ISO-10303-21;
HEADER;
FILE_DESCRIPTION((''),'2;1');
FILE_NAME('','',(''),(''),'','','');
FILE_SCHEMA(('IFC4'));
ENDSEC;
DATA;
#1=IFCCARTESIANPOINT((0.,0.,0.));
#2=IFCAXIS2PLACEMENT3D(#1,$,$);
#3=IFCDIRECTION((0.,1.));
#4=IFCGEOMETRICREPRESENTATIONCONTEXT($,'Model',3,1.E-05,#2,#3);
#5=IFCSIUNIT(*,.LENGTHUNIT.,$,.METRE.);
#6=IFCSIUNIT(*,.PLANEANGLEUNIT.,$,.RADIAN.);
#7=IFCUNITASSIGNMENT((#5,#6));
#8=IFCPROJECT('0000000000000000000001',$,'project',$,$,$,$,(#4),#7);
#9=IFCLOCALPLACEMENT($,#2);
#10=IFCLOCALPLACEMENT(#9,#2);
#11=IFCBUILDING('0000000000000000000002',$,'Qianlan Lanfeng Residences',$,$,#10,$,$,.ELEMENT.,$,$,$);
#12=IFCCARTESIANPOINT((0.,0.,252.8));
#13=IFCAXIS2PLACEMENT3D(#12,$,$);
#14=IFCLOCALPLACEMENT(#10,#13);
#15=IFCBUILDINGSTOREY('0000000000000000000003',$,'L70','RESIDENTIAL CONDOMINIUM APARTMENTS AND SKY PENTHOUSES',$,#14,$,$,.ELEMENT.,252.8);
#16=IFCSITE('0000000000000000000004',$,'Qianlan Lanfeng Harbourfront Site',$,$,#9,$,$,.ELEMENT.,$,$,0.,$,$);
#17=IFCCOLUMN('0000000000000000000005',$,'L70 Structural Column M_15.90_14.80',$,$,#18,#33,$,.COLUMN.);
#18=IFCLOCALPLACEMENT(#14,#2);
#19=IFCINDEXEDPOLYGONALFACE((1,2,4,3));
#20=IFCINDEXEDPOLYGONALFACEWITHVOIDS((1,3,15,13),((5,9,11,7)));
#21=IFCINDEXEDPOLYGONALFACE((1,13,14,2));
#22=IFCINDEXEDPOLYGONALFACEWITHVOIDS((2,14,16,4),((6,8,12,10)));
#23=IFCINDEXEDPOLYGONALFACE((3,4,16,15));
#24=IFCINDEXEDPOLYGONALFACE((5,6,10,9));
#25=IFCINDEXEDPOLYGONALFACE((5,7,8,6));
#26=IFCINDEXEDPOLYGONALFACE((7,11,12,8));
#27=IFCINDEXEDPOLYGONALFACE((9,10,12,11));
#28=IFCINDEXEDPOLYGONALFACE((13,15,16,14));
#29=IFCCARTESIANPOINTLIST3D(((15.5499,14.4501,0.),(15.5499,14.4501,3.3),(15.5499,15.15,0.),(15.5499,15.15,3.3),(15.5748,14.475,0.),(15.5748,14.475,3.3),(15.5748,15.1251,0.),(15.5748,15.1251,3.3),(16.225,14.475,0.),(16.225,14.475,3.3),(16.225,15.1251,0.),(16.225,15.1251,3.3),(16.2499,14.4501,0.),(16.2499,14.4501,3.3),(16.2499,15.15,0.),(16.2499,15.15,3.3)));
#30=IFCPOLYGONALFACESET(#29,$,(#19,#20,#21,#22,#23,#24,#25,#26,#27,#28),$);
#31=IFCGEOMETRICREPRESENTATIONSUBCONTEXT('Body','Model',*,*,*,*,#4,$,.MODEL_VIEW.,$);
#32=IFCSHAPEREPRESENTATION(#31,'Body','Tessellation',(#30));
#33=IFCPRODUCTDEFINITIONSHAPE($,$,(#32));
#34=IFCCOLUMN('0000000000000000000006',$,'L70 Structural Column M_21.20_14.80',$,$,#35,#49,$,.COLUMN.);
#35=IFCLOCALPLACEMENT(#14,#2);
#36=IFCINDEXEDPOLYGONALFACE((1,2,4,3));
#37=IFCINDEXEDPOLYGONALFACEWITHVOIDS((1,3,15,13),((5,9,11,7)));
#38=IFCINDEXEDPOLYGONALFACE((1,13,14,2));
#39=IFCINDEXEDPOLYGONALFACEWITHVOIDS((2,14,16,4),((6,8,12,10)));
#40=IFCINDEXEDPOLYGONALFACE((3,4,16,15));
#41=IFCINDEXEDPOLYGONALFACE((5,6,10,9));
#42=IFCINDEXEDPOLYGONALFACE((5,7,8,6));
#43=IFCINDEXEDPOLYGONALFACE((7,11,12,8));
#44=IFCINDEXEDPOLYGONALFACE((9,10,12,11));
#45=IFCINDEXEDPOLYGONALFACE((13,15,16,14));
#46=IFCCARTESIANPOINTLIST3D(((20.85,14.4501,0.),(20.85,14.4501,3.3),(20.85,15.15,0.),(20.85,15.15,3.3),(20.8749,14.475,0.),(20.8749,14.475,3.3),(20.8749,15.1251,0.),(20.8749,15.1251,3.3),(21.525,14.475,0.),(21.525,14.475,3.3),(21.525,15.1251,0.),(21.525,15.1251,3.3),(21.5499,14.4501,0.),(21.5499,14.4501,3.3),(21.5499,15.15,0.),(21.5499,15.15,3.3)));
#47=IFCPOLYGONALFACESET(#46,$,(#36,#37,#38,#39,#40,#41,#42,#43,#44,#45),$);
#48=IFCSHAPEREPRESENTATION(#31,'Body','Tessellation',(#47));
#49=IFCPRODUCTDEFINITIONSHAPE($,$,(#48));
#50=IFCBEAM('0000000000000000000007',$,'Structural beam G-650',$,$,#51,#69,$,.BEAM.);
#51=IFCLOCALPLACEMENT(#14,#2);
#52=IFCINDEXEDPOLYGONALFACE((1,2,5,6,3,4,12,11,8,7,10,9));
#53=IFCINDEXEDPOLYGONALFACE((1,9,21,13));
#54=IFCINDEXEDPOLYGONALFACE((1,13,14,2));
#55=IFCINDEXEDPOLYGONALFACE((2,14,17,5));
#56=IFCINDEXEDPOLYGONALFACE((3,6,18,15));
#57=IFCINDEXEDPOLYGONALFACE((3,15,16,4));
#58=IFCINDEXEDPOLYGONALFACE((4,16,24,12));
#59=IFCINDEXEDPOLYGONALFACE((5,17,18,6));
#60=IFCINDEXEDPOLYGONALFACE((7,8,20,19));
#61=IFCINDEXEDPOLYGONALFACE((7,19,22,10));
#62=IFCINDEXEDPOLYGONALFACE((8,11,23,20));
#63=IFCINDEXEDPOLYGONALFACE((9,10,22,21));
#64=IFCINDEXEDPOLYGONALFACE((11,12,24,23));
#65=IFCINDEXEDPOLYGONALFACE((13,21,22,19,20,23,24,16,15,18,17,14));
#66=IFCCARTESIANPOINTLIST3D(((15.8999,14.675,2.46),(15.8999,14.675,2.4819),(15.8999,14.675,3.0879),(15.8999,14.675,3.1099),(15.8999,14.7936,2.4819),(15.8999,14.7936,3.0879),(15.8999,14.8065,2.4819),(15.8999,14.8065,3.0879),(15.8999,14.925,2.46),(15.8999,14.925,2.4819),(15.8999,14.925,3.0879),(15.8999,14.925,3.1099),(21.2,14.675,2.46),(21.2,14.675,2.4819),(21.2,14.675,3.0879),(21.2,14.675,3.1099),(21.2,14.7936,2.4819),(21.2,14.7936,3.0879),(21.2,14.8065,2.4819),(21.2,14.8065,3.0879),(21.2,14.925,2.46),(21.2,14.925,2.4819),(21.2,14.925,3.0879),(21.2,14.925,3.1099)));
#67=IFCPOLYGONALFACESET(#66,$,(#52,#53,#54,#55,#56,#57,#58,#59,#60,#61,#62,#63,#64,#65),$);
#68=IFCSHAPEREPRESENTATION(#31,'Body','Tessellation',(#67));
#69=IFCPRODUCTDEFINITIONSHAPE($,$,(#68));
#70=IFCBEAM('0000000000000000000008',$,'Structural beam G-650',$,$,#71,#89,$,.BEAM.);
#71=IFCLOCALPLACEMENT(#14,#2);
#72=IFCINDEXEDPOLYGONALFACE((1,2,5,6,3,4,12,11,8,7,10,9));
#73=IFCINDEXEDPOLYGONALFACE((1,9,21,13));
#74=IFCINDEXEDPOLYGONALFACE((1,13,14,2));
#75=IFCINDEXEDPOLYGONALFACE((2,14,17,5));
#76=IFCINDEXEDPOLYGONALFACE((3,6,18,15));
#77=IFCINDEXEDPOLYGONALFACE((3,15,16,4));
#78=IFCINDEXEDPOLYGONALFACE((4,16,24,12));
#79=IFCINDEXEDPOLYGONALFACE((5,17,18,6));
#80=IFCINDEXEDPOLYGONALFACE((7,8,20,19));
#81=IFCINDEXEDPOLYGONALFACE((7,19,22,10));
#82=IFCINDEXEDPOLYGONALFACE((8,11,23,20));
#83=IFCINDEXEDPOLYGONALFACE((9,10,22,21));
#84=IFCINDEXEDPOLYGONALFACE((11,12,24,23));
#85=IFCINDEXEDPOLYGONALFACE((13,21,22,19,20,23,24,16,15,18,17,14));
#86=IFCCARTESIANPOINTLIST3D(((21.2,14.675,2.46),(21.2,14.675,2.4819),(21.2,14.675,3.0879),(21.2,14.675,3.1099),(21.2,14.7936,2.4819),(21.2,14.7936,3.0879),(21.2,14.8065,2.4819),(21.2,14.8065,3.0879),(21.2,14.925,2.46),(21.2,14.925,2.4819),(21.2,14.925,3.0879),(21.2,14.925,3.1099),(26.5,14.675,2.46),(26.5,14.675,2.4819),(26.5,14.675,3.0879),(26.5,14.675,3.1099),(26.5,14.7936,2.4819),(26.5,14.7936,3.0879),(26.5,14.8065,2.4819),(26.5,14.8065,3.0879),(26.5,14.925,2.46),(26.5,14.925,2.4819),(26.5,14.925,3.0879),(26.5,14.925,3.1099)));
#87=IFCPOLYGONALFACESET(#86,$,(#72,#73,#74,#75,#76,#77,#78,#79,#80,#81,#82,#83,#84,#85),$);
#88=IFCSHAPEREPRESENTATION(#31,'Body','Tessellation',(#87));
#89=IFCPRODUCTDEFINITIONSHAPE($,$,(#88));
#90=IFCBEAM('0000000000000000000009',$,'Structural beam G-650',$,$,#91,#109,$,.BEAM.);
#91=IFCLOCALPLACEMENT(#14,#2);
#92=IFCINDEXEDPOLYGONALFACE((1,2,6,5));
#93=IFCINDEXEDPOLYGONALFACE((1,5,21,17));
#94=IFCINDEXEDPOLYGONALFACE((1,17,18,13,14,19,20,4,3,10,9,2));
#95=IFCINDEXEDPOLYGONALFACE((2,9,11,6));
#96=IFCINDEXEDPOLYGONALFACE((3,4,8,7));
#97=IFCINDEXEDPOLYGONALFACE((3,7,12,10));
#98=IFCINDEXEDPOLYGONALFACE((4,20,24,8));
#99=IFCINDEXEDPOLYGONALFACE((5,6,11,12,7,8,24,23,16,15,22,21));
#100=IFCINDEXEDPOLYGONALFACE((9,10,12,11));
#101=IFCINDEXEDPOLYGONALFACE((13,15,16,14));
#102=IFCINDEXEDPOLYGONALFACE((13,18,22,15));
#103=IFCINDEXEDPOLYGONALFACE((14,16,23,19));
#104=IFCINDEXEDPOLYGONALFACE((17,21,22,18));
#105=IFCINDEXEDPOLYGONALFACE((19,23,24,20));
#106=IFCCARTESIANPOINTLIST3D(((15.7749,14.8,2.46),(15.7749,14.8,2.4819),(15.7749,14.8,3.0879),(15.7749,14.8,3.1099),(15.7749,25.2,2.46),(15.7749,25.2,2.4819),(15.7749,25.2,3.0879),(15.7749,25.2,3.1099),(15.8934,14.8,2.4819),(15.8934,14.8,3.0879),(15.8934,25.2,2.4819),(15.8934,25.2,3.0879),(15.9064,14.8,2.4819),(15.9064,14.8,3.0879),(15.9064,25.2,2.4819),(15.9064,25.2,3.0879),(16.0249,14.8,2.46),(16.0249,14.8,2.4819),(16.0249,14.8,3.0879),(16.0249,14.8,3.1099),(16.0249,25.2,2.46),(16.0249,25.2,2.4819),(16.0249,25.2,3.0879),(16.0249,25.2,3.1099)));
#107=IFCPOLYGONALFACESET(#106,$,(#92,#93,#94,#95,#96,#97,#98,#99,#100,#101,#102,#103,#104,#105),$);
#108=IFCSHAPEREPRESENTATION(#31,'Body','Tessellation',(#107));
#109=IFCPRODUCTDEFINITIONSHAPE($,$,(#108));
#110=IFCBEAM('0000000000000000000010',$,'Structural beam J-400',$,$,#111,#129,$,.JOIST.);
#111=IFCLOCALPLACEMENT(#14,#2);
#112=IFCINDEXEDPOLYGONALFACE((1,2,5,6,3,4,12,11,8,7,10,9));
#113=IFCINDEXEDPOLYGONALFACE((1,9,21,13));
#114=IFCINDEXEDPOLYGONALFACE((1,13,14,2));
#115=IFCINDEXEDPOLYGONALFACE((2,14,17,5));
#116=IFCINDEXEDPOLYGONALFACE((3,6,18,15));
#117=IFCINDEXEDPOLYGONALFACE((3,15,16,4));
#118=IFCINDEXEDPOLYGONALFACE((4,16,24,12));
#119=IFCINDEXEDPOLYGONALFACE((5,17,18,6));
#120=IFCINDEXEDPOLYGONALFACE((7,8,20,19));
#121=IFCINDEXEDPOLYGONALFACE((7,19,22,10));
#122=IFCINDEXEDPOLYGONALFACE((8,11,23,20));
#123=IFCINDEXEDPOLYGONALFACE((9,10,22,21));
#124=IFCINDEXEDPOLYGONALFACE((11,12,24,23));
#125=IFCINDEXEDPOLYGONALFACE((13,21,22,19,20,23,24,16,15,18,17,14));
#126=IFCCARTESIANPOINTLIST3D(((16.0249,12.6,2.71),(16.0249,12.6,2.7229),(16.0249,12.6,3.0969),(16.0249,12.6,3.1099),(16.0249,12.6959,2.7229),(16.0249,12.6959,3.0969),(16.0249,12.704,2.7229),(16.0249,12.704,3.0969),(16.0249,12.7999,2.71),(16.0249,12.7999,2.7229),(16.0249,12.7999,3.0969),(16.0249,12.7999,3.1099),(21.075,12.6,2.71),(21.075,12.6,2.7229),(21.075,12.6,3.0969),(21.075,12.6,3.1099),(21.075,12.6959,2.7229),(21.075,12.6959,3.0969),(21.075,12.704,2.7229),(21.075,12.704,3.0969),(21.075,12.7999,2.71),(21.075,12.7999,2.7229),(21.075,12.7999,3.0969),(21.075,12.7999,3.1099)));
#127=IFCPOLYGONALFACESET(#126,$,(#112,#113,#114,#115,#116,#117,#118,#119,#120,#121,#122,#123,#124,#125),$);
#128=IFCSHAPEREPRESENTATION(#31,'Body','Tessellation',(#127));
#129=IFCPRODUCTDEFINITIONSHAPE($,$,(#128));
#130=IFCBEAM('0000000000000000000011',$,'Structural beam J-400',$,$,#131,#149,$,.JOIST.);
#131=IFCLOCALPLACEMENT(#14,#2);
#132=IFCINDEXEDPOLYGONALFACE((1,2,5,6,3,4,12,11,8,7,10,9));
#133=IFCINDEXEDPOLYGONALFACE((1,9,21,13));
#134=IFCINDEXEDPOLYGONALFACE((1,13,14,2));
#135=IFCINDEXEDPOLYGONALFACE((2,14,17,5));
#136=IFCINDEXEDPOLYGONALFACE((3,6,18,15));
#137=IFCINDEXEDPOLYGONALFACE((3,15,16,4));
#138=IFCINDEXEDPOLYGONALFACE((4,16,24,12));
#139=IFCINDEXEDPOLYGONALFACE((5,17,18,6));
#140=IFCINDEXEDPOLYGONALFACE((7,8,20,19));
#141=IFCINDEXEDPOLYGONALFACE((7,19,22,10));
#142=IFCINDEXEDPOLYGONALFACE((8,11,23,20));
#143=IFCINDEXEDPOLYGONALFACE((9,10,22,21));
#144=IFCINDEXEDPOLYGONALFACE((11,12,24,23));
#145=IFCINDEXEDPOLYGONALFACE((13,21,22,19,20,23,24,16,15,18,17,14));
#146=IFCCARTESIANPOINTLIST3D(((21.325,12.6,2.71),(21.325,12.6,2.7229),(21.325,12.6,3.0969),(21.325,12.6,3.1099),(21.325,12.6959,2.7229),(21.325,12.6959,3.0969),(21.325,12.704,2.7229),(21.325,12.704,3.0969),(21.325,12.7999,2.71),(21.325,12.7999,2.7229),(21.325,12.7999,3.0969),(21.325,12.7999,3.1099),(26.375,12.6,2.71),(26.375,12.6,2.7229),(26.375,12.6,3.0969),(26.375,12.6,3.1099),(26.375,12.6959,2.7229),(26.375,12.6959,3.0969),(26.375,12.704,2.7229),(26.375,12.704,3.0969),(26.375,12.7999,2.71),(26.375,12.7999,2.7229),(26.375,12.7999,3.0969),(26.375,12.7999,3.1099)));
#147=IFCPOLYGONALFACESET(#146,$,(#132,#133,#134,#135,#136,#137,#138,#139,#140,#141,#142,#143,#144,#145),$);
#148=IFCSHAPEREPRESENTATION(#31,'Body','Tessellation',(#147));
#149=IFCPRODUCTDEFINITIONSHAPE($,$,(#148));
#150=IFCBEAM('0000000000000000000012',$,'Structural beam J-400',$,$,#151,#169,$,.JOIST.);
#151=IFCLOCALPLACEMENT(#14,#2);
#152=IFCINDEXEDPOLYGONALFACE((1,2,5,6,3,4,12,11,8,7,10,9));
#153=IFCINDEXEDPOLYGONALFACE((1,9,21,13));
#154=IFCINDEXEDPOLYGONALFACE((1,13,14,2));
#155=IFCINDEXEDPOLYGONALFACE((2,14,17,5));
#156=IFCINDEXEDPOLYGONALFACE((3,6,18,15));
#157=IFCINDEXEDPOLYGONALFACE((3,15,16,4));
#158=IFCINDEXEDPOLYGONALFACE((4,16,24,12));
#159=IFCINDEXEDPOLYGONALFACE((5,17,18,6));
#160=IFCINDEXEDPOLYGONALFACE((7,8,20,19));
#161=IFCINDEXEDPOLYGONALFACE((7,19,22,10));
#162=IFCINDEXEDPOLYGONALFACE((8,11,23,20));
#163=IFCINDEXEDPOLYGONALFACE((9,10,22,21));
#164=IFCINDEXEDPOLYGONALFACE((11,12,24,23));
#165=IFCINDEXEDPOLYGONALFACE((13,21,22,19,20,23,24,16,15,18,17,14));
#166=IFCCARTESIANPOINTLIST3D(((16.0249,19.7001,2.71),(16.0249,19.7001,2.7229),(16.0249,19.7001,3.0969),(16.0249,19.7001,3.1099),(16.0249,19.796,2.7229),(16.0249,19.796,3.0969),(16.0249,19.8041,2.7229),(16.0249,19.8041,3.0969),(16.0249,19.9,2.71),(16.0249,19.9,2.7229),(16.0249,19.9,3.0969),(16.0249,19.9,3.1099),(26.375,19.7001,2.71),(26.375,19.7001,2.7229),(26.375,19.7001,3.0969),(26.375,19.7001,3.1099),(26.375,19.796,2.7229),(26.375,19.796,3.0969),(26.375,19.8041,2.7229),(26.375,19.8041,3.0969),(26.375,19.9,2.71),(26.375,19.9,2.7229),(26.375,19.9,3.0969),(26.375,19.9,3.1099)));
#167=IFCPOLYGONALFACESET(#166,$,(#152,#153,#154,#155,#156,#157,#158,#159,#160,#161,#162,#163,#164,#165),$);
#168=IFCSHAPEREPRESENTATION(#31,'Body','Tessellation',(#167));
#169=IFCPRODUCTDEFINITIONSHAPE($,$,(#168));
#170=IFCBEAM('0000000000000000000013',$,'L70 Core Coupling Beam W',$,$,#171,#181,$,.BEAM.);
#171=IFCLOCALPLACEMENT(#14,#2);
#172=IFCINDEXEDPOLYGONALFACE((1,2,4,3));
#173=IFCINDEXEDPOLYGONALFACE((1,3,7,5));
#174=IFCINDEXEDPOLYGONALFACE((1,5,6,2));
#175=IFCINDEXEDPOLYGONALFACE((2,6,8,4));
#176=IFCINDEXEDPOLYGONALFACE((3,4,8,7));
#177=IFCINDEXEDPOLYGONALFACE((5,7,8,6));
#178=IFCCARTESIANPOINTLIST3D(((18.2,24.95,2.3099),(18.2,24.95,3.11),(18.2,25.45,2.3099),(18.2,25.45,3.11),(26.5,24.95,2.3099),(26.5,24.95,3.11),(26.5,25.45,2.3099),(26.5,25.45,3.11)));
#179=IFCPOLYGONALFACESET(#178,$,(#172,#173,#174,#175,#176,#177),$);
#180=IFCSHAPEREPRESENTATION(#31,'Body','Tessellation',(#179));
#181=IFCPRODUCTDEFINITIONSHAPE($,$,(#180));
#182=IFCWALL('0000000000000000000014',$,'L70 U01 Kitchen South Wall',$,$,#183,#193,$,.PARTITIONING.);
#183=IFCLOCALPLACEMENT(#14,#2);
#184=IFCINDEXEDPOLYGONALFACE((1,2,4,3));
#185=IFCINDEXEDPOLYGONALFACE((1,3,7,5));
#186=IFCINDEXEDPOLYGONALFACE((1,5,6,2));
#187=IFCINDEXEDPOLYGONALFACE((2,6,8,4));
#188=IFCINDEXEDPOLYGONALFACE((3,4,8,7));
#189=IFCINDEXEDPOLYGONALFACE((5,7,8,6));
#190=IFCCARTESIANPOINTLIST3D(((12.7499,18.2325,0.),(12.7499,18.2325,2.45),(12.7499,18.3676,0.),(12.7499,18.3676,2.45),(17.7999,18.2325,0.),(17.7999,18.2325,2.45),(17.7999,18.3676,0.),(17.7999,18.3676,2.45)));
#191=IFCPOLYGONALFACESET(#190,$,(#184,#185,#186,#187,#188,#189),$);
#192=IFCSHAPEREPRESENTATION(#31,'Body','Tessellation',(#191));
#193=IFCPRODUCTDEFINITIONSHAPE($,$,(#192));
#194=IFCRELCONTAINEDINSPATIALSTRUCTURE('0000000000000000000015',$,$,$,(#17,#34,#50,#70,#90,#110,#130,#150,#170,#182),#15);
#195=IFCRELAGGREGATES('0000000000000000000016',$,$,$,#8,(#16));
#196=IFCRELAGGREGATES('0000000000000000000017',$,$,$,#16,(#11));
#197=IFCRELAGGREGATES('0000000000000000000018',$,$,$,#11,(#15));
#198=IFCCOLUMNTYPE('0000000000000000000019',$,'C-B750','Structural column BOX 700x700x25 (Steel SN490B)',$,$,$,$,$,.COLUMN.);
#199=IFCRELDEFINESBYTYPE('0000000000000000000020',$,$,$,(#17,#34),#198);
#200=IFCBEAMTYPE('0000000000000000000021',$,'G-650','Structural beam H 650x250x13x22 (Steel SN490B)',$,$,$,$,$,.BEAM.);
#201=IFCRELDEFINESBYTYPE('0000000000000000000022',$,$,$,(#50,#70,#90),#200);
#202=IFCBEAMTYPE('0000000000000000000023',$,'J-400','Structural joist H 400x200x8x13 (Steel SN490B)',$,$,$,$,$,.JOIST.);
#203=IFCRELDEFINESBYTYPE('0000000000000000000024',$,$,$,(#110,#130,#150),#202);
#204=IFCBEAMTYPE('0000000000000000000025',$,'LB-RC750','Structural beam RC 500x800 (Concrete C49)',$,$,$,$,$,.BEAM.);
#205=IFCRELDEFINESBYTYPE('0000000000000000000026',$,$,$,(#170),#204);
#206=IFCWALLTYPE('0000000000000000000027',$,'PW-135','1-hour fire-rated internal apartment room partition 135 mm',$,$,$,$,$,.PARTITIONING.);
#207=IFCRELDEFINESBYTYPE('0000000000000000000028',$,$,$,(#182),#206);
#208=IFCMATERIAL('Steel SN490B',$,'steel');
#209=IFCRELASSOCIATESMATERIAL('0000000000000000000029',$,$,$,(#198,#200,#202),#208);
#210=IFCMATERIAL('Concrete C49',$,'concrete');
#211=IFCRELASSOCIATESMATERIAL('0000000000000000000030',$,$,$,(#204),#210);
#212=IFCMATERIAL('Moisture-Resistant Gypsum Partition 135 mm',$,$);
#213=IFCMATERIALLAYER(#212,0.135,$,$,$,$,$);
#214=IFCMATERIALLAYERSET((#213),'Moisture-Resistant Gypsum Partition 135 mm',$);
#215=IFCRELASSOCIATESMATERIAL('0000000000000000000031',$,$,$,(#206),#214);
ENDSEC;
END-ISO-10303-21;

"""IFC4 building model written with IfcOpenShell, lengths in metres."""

from ifc_helpers import new_model, si_unit, direction, frame, frame_2d, origin, origin_2d, place, context, subcontext, project, spatial, rectangle, hollow_rectangle, i_section, extrude, material, layer, layer_set, material_profile, profile_set, type_object, element, save


model = new_model("IFC4")

# Units and contexts
model_context = context("Model", 3, precision=1e-05, world=origin(), true_north=direction((0.0, 1.0)))
body_context = subcontext(model_context, "Body", "Model", "MODEL_VIEW")
ifc_project = project(units=[si_unit("LENGTHUNIT", "METRE"), si_unit("PLANEANGLEUNIT", "RADIAN")], contexts=[model_context])

# Site, building, storey
site_placement = place(None, origin())
site = spatial("IfcSite", under=ifc_project, at=site_placement, Name="Qianlan Lanfeng Harbourfront Site", CompositionType="ELEMENT", RefElevation=0.0)
building_placement = place(site_placement, origin())
building = spatial("IfcBuilding", under=site, at=building_placement, Name="Qianlan Lanfeng Residences", CompositionType="ELEMENT")
storey_placement = place(building_placement, frame((0.0, 0.0, 252.8)))
storey = spatial("IfcBuildingStorey", under=building, at=storey_placement, Name="L70", Description="RESIDENTIAL CONDOMINIUM APARTMENTS AND SKY PENTHOUSES", CompositionType="ELEMENT", Elevation=252.8)

# Columns
ifc_material_1 = material(Name="Steel SN490B", Category="steel")
ifc_material_profile_1 = material_profile(ifc_material_1, hollow_rectangle(XDim=0.7, YDim=0.7, WallThickness=0.0249, at=origin_2d()), Name="BOX 700x700x25")
ifc_profile_set_1 = profile_set([ifc_material_profile_1], Name="Steel SN490B")
column_type = type_object("IfcColumnType", Name="C-B750", Description="Structural column BOX 700x700x25 (Steel SN490B)", PredefinedType="COLUMN", material=ifc_profile_set_1)
for number, where, z_axis, x_axis, name in (
    (1, (15.8999, 14.8, 0.0), (0.0, 0.0, 1.0), (1.0, 0.0, 0.0), "L70 Structural Column M_15.90_14.80"),
    (2, (21.2, 14.8, 0.0), (0.0, 0.0, 1.0), (1.0, 0.0, 0.0), "L70 Structural Column M_21.20_14.80"),
):
    element("IfcColumn", number, at=place(storey_placement, frame(where, z_axis=z_axis, x_axis=x_axis)), inside=storey, type_object=column_type, Name=name, PredefinedType="COLUMN", context=body_context, shape_type="SweptSolid", body=[
        extrude(hollow_rectangle(XDim=0.7, YDim=0.7, WallThickness=0.0249, at=origin_2d()), origin(), (0.0, 0.0, 1.0), 3.3),
    ])

# Beams
ifc_material_profile_2 = material_profile(ifc_material_1, i_section(OverallWidth=0.25, OverallDepth=0.6499, WebThickness=0.0129, FlangeThickness=0.022, at=origin_2d()), Name="H 650x250x13x22")
ifc_profile_set_2 = profile_set([ifc_material_profile_2], Name="Steel SN490B")
beam_type_1 = type_object("IfcBeamType", Name="G-650", Description="Structural beam H 650x250x13x22 (Steel SN490B)", PredefinedType="BEAM", material=ifc_profile_set_2)
for number, where, z_axis, x_axis, name in (
    (3, (15.8999, 14.8, 2.7849), (1.0, 0.0, 0.0), (0.0, 1.0, 0.0), "Structural beam G-650"),
    (4, (21.2, 14.8, 2.7849), (1.0, 0.0, 0.0), (0.0, 1.0, 0.0), "Structural beam G-650"),
):
    element("IfcBeam", number, at=place(storey_placement, frame(where, z_axis=z_axis, x_axis=x_axis)), inside=storey, type_object=beam_type_1, Name=name, PredefinedType="BEAM", context=body_context, shape_type="SweptSolid", body=[
        extrude(i_section(OverallWidth=0.25, OverallDepth=0.6499, WebThickness=0.0129, FlangeThickness=0.022, at=origin_2d()), origin(), (0.0, 0.0, 1.0), 5.3),
    ])
beam_1_placement = place(storey_placement, frame((15.8999, 14.8, 2.7849), z_axis=(0.0, 1.0, 0.0), x_axis=(-1.0, 0.0, 0.0)))
element("IfcBeam", 5, at=beam_1_placement, inside=storey, type_object=beam_type_1, Name="Structural beam G-650", PredefinedType="BEAM", context=body_context, shape_type="SweptSolid", body=[
    extrude(i_section(OverallWidth=0.25, OverallDepth=0.6499, WebThickness=0.0129, FlangeThickness=0.022, at=origin_2d()), origin(), (0.0, 0.0, 1.0), 10.3999),
])
ifc_material_profile_3 = material_profile(ifc_material_1, i_section(OverallWidth=0.2, OverallDepth=0.3999, WebThickness=0.0081, FlangeThickness=0.0129, at=origin_2d()), Name="H 400x200x8x13")
ifc_profile_set_3 = profile_set([ifc_material_profile_3], Name="Steel SN490B")
beam_type_2 = type_object("IfcBeamType", Name="J-400", Description="Structural joist H 400x200x8x13 (Steel SN490B)", PredefinedType="JOIST", material=ifc_profile_set_3)
for number, where, z_axis, x_axis, name in (
    (6, (16.0249, 12.7, 2.9099), (1.0, 0.0, 0.0), (0.0, 1.0, 0.0), "Structural beam J-400"),
    (7, (21.325, 12.7, 2.9099), (1.0, 0.0, 0.0), (0.0, 1.0, 0.0), "Structural beam J-400"),
):
    element("IfcBeam", number, at=place(storey_placement, frame(where, z_axis=z_axis, x_axis=x_axis)), inside=storey, type_object=beam_type_2, Name=name, PredefinedType="JOIST", context=body_context, shape_type="SweptSolid", body=[
        extrude(i_section(OverallWidth=0.2, OverallDepth=0.3999, WebThickness=0.0081, FlangeThickness=0.0129, at=origin_2d()), origin(), (0.0, 0.0, 1.0), 5.05),
    ])
beam_2_placement = place(storey_placement, frame((16.0249, 19.8, 2.9099), z_axis=(1.0, 0.0, 0.0), x_axis=(0.0, 1.0, 0.0)))
element("IfcBeam", 8, at=beam_2_placement, inside=storey, type_object=beam_type_2, Name="Structural beam J-400", PredefinedType="JOIST", context=body_context, shape_type="SweptSolid", body=[
    extrude(i_section(OverallWidth=0.2, OverallDepth=0.3999, WebThickness=0.0081, FlangeThickness=0.0129, at=origin_2d()), origin(), (0.0, 0.0, 1.0), 10.3501),
])
ifc_material_2 = material(Name="Concrete C49", Category="concrete")
ifc_material_profile_4 = material_profile(ifc_material_2, rectangle(XDim=0.5, YDim=0.8, at=origin_2d()), Name="RC 500x800")
ifc_profile_set_4 = profile_set([ifc_material_profile_4], Name="Concrete C49")
beam_type_3 = type_object("IfcBeamType", Name="LB-RC750", Description="Structural beam RC 500x800 (Concrete C49)", PredefinedType="BEAM", material=ifc_profile_set_4)
beam_3_placement = place(storey_placement, frame((18.2, 25.2, 2.71), z_axis=(1.0, 0.0, 0.0), x_axis=(0.0, 1.0, 0.0)))
element("IfcBeam", 9, at=beam_3_placement, inside=storey, type_object=beam_type_3, Name="L70 Core Coupling Beam W", PredefinedType="BEAM", context=body_context, shape_type="SweptSolid", body=[
    extrude(rectangle(XDim=0.5, YDim=0.8, at=origin_2d()), origin(), (0.0, 0.0, 1.0), 8.3),
])

# Shared definitions
ifc_material_3 = material(Name="Moisture-Resistant Gypsum Partition 135 mm")
ifc_layer_1 = layer(ifc_material_3, 0.135)
ifc_layer_set_1 = layer_set([ifc_layer_1], Name="Moisture-Resistant Gypsum Partition 135 mm")
wall_type_1 = type_object("IfcWallType", Name="PW-135", Description="1-hour fire-rated internal apartment room partition 135 mm", PredefinedType="PARTITIONING", material=ifc_layer_set_1)

# Wall
for number, where, z_axis, x_axis, name in (
    (10, (12.75, 18.3, 0.0), (0.0, 0.0, 1.0), (1.0, 0.0, 0.0), "L70 U01 Kitchen South Wall"),
):
    element("IfcWall", number, at=place(storey_placement, frame(where, z_axis=z_axis, x_axis=x_axis)), inside=storey, type_object=wall_type_1, Name=name, PredefinedType="PARTITIONING", context=body_context, shape_type="SweptSolid", body=[
        extrude(rectangle(XDim=5.05, YDim=0.135, at=frame_2d((2.5249, 0.0))), origin(), (0.0, 0.0, 1.0), 2.45),
    ])

save(model, "model.ifc")
